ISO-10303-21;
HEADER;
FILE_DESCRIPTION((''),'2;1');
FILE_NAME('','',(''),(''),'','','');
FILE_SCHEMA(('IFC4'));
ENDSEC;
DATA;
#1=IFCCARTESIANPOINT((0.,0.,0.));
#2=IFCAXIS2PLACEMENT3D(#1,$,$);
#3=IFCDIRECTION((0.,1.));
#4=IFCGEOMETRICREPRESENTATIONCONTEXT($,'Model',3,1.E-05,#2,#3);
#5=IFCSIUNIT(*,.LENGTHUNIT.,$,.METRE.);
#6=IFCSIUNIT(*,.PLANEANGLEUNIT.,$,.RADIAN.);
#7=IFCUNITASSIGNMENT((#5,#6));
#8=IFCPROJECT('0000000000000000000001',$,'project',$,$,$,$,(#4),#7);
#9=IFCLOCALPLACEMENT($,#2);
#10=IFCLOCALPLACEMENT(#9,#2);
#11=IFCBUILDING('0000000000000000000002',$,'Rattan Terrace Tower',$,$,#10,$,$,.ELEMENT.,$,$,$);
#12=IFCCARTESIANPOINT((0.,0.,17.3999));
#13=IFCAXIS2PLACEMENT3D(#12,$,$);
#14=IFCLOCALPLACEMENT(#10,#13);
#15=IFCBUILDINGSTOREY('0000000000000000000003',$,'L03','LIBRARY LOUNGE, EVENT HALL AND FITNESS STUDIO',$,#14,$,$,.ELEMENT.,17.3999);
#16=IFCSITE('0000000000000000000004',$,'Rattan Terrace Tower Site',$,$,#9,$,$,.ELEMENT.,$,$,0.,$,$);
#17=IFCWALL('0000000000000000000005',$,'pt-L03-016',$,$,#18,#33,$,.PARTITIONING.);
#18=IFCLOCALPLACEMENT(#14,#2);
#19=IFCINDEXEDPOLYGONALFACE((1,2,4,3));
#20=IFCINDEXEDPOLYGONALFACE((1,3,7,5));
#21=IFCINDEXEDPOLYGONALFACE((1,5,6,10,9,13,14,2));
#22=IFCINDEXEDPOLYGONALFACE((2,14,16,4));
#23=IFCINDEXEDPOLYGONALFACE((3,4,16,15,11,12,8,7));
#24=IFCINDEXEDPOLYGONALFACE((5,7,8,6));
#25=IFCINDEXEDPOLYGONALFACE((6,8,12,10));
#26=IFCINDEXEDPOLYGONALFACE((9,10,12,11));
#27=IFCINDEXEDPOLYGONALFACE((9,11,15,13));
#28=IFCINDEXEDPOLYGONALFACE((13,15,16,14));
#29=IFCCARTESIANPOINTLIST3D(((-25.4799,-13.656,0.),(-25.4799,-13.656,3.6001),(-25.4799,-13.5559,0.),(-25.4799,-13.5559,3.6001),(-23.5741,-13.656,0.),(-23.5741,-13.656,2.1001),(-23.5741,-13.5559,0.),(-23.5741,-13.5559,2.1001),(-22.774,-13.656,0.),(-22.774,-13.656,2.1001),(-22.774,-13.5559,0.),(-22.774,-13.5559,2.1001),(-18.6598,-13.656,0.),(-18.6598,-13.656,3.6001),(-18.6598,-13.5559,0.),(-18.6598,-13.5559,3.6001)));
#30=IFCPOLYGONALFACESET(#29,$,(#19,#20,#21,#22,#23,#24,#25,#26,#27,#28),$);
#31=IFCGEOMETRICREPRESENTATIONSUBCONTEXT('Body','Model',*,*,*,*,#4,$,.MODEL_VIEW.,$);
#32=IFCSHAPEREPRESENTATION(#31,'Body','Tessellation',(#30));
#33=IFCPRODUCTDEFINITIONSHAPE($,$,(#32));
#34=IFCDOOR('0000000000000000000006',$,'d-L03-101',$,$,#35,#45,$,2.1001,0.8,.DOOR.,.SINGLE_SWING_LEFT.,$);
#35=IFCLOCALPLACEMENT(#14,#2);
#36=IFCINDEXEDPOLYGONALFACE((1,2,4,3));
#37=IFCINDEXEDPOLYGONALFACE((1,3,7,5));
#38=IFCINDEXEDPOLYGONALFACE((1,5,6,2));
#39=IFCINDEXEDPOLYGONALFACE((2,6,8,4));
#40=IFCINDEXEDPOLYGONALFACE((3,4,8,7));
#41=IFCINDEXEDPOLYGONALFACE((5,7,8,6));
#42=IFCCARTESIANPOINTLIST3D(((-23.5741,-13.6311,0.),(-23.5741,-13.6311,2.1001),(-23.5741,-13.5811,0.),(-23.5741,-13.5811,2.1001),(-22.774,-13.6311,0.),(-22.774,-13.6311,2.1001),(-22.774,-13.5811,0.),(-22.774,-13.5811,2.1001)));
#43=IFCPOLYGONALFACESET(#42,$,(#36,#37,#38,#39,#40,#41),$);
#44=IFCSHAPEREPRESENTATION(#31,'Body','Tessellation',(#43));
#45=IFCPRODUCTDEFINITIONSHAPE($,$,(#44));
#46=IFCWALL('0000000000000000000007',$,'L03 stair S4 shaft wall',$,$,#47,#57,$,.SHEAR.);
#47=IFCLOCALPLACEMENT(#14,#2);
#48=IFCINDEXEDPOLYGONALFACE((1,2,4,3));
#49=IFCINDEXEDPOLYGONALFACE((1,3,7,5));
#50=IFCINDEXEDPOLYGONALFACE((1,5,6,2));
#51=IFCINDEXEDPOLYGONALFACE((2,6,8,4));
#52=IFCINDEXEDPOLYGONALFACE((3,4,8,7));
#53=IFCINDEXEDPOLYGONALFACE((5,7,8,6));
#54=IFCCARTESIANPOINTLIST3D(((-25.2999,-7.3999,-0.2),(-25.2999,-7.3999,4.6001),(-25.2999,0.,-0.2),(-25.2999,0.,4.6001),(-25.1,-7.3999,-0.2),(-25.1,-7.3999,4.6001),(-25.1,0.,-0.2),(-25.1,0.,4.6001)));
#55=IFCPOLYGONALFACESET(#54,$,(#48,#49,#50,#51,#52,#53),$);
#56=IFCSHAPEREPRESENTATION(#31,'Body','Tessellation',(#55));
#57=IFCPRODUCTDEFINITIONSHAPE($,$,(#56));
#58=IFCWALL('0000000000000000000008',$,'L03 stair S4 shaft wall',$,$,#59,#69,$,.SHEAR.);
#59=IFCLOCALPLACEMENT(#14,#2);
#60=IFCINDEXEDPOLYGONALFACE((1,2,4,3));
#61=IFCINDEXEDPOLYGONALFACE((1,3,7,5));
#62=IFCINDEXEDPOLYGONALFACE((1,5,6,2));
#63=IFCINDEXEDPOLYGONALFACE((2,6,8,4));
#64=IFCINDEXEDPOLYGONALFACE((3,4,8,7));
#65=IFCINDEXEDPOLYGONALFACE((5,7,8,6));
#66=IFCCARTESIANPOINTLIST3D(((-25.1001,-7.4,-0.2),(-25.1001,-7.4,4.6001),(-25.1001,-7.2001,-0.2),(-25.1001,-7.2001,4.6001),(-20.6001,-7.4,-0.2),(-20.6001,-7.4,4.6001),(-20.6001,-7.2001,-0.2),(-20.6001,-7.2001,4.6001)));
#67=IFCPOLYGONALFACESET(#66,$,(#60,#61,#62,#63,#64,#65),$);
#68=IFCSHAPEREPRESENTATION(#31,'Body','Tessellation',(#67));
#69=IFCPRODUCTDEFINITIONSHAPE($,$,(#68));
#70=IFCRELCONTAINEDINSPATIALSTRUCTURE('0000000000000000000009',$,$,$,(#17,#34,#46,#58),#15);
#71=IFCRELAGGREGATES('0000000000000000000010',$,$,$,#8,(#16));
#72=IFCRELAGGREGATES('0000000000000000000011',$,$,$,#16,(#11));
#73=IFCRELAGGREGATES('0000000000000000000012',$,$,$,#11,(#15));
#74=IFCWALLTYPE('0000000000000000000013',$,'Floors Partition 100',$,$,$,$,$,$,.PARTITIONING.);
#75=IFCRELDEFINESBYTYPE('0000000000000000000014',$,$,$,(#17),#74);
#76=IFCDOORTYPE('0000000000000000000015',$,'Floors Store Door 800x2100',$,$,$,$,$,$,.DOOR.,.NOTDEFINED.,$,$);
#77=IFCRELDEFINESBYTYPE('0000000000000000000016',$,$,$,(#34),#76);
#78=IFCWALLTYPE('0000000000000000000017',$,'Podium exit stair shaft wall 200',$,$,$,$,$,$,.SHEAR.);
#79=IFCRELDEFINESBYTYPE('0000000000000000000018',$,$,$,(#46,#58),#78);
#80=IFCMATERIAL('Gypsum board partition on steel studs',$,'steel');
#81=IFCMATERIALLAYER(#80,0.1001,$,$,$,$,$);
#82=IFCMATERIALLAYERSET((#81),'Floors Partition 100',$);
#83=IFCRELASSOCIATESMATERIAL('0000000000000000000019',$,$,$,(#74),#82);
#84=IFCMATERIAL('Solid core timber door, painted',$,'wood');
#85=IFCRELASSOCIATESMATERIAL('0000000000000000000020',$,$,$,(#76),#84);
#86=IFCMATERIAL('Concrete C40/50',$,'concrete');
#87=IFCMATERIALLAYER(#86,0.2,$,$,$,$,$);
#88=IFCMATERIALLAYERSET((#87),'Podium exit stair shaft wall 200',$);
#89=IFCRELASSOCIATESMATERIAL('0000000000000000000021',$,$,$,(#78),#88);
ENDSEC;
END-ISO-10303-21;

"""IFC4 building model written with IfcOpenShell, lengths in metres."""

from ifc_helpers import new_model, si_unit, direction, frame, frame_2d, origin, place, context, subcontext, project, spatial, rectangle, extrude, material, layer, layer_set, type_object, element, fill, save


model = new_model("IFC4")

# Units and contexts
model_context = context("Model", 3, precision=1e-05, world=origin(), true_north=direction((0.0, 1.0)))
body_context = subcontext(model_context, "Body", "Model", "MODEL_VIEW")
ifc_project = project(units=[si_unit("LENGTHUNIT", "METRE"), si_unit("PLANEANGLEUNIT", "RADIAN")], contexts=[model_context])

# Site, building, storey
site_placement = place(None, origin())
site = spatial("IfcSite", under=ifc_project, at=site_placement, Name="Rattan Terrace Tower Site", CompositionType="ELEMENT", RefElevation=0.0)
building_placement = place(site_placement, origin())
building = spatial("IfcBuilding", under=site, at=building_placement, Name="Rattan Terrace Tower", CompositionType="ELEMENT")
storey_placement = place(building_placement, frame((0.0, 0.0, 17.3999)))
storey = spatial("IfcBuildingStorey", under=building, at=storey_placement, Name="L03", Description="LIBRARY LOUNGE, EVENT HALL AND FITNESS STUDIO", CompositionType="ELEMENT", Elevation=17.3999)

# Shared definitions
ifc_material_1 = material(Name="Gypsum board partition on steel studs", Category="steel")
ifc_layer_1 = layer(ifc_material_1, 0.1001)
ifc_layer_set_1 = layer_set([ifc_layer_1], Name="Floors Partition 100")
wall_type_1 = type_object("IfcWallType", Name="Floors Partition 100", PredefinedType="PARTITIONING", material=ifc_layer_set_1)

# Wall, opening, door
wall_1_placement = place(storey_placement, frame((-25.48, -13.606, 0.0), z_axis=(0.0, 0.0, 1.0), x_axis=(1.0, 0.0, 0.0)))
wall_1 = element("IfcWall", 1, at=wall_1_placement, inside=storey, type_object=wall_type_1, Name="pt-L03-016", PredefinedType="PARTITIONING", context=body_context, shape_type="SweptSolid", body=[
    extrude(rectangle(XDim=6.8201, YDim=0.1001, at=frame_2d((3.4102, 0.0))), origin(), (0.0, 0.0, 1.0), 3.6001),
])
opening_placement = place(wall_1_placement, frame((1.906, 0.0, 0.0)))
opening = element("IfcOpeningElement", 2, at=opening_placement, cuts=wall_1, PredefinedType="OPENING", context=body_context, shape_type="SweptSolid", body=[
    extrude(rectangle(XDim=0.8, YDim=2.1001, at=frame_2d((0.3999, 1.05))), frame((0.0, 0.0605, 0.0), z_axis=(0.0, -1.0, 0.0), x_axis=(1.0, 0.0, 0.0)), (0.0, 0.0, 1.0), 0.1211),
])
ifc_material_2 = material(Name="Solid core timber door, painted", Category="wood")
door_type = type_object("IfcDoorType", Name="Floors Store Door 800x2100", OperationType="NOTDEFINED", PredefinedType="DOOR", material=ifc_material_2)
door_placement = place(opening_placement, origin())
door = element("IfcDoor", 3, at=door_placement, inside=storey, type_object=door_type, Name="d-L03-101", OperationType="SINGLE_SWING_LEFT", OverallHeight=2.1001, OverallWidth=0.8, PredefinedType="DOOR", context=body_context, shape_type="SweptSolid", body=[
    extrude(rectangle(XDim=0.8, YDim=2.1001, at=frame_2d((0.3999, 1.05))), frame((0.0, 0.0249, 0.0), z_axis=(0.0, -1.0, 0.0), x_axis=(1.0, 0.0, 0.0)), (0.0, 0.0, 1.0), 0.05),
])
fill(opening, door)

# Walls
ifc_material_3 = material(Name="Concrete C40/50", Category="concrete")
ifc_layer_2 = layer(ifc_material_3, 0.2)
ifc_layer_set_2 = layer_set([ifc_layer_2], Name="Podium exit stair shaft wall 200")
wall_type_2 = type_object("IfcWallType", Name="Podium exit stair shaft wall 200", PredefinedType="SHEAR", material=ifc_layer_set_2)
wall_2_placement = place(storey_placement, frame((-25.2, -7.3999, -0.2), z_axis=(0.0, 0.0, 1.0), x_axis=(0.0, 1.0, 0.0)))
element("IfcWall", 4, at=wall_2_placement, inside=storey, type_object=wall_type_2, Name="L03 stair S4 shaft wall", PredefinedType="SHEAR", context=body_context, shape_type="SweptSolid", body=[
    extrude(rectangle(XDim=7.3999, YDim=0.2, at=frame_2d((3.7, 0.0))), origin(), (0.0, 0.0, 1.0), 4.8),
])
wall_3_placement = place(storey_placement, frame((-25.1001, -7.3, -0.2), z_axis=(0.0, 0.0, 1.0), x_axis=(1.0, 0.0, 0.0)))
element("IfcWall", 5, at=wall_3_placement, inside=storey, type_object=wall_type_2, Name="L03 stair S4 shaft wall", PredefinedType="SHEAR", context=body_context, shape_type="SweptSolid", body=[
    extrude(rectangle(XDim=4.5, YDim=0.2, at=frame_2d((2.25, 0.0))), origin(), (0.0, 0.0, 1.0), 4.8),
])

save(model, "model.ifc")
